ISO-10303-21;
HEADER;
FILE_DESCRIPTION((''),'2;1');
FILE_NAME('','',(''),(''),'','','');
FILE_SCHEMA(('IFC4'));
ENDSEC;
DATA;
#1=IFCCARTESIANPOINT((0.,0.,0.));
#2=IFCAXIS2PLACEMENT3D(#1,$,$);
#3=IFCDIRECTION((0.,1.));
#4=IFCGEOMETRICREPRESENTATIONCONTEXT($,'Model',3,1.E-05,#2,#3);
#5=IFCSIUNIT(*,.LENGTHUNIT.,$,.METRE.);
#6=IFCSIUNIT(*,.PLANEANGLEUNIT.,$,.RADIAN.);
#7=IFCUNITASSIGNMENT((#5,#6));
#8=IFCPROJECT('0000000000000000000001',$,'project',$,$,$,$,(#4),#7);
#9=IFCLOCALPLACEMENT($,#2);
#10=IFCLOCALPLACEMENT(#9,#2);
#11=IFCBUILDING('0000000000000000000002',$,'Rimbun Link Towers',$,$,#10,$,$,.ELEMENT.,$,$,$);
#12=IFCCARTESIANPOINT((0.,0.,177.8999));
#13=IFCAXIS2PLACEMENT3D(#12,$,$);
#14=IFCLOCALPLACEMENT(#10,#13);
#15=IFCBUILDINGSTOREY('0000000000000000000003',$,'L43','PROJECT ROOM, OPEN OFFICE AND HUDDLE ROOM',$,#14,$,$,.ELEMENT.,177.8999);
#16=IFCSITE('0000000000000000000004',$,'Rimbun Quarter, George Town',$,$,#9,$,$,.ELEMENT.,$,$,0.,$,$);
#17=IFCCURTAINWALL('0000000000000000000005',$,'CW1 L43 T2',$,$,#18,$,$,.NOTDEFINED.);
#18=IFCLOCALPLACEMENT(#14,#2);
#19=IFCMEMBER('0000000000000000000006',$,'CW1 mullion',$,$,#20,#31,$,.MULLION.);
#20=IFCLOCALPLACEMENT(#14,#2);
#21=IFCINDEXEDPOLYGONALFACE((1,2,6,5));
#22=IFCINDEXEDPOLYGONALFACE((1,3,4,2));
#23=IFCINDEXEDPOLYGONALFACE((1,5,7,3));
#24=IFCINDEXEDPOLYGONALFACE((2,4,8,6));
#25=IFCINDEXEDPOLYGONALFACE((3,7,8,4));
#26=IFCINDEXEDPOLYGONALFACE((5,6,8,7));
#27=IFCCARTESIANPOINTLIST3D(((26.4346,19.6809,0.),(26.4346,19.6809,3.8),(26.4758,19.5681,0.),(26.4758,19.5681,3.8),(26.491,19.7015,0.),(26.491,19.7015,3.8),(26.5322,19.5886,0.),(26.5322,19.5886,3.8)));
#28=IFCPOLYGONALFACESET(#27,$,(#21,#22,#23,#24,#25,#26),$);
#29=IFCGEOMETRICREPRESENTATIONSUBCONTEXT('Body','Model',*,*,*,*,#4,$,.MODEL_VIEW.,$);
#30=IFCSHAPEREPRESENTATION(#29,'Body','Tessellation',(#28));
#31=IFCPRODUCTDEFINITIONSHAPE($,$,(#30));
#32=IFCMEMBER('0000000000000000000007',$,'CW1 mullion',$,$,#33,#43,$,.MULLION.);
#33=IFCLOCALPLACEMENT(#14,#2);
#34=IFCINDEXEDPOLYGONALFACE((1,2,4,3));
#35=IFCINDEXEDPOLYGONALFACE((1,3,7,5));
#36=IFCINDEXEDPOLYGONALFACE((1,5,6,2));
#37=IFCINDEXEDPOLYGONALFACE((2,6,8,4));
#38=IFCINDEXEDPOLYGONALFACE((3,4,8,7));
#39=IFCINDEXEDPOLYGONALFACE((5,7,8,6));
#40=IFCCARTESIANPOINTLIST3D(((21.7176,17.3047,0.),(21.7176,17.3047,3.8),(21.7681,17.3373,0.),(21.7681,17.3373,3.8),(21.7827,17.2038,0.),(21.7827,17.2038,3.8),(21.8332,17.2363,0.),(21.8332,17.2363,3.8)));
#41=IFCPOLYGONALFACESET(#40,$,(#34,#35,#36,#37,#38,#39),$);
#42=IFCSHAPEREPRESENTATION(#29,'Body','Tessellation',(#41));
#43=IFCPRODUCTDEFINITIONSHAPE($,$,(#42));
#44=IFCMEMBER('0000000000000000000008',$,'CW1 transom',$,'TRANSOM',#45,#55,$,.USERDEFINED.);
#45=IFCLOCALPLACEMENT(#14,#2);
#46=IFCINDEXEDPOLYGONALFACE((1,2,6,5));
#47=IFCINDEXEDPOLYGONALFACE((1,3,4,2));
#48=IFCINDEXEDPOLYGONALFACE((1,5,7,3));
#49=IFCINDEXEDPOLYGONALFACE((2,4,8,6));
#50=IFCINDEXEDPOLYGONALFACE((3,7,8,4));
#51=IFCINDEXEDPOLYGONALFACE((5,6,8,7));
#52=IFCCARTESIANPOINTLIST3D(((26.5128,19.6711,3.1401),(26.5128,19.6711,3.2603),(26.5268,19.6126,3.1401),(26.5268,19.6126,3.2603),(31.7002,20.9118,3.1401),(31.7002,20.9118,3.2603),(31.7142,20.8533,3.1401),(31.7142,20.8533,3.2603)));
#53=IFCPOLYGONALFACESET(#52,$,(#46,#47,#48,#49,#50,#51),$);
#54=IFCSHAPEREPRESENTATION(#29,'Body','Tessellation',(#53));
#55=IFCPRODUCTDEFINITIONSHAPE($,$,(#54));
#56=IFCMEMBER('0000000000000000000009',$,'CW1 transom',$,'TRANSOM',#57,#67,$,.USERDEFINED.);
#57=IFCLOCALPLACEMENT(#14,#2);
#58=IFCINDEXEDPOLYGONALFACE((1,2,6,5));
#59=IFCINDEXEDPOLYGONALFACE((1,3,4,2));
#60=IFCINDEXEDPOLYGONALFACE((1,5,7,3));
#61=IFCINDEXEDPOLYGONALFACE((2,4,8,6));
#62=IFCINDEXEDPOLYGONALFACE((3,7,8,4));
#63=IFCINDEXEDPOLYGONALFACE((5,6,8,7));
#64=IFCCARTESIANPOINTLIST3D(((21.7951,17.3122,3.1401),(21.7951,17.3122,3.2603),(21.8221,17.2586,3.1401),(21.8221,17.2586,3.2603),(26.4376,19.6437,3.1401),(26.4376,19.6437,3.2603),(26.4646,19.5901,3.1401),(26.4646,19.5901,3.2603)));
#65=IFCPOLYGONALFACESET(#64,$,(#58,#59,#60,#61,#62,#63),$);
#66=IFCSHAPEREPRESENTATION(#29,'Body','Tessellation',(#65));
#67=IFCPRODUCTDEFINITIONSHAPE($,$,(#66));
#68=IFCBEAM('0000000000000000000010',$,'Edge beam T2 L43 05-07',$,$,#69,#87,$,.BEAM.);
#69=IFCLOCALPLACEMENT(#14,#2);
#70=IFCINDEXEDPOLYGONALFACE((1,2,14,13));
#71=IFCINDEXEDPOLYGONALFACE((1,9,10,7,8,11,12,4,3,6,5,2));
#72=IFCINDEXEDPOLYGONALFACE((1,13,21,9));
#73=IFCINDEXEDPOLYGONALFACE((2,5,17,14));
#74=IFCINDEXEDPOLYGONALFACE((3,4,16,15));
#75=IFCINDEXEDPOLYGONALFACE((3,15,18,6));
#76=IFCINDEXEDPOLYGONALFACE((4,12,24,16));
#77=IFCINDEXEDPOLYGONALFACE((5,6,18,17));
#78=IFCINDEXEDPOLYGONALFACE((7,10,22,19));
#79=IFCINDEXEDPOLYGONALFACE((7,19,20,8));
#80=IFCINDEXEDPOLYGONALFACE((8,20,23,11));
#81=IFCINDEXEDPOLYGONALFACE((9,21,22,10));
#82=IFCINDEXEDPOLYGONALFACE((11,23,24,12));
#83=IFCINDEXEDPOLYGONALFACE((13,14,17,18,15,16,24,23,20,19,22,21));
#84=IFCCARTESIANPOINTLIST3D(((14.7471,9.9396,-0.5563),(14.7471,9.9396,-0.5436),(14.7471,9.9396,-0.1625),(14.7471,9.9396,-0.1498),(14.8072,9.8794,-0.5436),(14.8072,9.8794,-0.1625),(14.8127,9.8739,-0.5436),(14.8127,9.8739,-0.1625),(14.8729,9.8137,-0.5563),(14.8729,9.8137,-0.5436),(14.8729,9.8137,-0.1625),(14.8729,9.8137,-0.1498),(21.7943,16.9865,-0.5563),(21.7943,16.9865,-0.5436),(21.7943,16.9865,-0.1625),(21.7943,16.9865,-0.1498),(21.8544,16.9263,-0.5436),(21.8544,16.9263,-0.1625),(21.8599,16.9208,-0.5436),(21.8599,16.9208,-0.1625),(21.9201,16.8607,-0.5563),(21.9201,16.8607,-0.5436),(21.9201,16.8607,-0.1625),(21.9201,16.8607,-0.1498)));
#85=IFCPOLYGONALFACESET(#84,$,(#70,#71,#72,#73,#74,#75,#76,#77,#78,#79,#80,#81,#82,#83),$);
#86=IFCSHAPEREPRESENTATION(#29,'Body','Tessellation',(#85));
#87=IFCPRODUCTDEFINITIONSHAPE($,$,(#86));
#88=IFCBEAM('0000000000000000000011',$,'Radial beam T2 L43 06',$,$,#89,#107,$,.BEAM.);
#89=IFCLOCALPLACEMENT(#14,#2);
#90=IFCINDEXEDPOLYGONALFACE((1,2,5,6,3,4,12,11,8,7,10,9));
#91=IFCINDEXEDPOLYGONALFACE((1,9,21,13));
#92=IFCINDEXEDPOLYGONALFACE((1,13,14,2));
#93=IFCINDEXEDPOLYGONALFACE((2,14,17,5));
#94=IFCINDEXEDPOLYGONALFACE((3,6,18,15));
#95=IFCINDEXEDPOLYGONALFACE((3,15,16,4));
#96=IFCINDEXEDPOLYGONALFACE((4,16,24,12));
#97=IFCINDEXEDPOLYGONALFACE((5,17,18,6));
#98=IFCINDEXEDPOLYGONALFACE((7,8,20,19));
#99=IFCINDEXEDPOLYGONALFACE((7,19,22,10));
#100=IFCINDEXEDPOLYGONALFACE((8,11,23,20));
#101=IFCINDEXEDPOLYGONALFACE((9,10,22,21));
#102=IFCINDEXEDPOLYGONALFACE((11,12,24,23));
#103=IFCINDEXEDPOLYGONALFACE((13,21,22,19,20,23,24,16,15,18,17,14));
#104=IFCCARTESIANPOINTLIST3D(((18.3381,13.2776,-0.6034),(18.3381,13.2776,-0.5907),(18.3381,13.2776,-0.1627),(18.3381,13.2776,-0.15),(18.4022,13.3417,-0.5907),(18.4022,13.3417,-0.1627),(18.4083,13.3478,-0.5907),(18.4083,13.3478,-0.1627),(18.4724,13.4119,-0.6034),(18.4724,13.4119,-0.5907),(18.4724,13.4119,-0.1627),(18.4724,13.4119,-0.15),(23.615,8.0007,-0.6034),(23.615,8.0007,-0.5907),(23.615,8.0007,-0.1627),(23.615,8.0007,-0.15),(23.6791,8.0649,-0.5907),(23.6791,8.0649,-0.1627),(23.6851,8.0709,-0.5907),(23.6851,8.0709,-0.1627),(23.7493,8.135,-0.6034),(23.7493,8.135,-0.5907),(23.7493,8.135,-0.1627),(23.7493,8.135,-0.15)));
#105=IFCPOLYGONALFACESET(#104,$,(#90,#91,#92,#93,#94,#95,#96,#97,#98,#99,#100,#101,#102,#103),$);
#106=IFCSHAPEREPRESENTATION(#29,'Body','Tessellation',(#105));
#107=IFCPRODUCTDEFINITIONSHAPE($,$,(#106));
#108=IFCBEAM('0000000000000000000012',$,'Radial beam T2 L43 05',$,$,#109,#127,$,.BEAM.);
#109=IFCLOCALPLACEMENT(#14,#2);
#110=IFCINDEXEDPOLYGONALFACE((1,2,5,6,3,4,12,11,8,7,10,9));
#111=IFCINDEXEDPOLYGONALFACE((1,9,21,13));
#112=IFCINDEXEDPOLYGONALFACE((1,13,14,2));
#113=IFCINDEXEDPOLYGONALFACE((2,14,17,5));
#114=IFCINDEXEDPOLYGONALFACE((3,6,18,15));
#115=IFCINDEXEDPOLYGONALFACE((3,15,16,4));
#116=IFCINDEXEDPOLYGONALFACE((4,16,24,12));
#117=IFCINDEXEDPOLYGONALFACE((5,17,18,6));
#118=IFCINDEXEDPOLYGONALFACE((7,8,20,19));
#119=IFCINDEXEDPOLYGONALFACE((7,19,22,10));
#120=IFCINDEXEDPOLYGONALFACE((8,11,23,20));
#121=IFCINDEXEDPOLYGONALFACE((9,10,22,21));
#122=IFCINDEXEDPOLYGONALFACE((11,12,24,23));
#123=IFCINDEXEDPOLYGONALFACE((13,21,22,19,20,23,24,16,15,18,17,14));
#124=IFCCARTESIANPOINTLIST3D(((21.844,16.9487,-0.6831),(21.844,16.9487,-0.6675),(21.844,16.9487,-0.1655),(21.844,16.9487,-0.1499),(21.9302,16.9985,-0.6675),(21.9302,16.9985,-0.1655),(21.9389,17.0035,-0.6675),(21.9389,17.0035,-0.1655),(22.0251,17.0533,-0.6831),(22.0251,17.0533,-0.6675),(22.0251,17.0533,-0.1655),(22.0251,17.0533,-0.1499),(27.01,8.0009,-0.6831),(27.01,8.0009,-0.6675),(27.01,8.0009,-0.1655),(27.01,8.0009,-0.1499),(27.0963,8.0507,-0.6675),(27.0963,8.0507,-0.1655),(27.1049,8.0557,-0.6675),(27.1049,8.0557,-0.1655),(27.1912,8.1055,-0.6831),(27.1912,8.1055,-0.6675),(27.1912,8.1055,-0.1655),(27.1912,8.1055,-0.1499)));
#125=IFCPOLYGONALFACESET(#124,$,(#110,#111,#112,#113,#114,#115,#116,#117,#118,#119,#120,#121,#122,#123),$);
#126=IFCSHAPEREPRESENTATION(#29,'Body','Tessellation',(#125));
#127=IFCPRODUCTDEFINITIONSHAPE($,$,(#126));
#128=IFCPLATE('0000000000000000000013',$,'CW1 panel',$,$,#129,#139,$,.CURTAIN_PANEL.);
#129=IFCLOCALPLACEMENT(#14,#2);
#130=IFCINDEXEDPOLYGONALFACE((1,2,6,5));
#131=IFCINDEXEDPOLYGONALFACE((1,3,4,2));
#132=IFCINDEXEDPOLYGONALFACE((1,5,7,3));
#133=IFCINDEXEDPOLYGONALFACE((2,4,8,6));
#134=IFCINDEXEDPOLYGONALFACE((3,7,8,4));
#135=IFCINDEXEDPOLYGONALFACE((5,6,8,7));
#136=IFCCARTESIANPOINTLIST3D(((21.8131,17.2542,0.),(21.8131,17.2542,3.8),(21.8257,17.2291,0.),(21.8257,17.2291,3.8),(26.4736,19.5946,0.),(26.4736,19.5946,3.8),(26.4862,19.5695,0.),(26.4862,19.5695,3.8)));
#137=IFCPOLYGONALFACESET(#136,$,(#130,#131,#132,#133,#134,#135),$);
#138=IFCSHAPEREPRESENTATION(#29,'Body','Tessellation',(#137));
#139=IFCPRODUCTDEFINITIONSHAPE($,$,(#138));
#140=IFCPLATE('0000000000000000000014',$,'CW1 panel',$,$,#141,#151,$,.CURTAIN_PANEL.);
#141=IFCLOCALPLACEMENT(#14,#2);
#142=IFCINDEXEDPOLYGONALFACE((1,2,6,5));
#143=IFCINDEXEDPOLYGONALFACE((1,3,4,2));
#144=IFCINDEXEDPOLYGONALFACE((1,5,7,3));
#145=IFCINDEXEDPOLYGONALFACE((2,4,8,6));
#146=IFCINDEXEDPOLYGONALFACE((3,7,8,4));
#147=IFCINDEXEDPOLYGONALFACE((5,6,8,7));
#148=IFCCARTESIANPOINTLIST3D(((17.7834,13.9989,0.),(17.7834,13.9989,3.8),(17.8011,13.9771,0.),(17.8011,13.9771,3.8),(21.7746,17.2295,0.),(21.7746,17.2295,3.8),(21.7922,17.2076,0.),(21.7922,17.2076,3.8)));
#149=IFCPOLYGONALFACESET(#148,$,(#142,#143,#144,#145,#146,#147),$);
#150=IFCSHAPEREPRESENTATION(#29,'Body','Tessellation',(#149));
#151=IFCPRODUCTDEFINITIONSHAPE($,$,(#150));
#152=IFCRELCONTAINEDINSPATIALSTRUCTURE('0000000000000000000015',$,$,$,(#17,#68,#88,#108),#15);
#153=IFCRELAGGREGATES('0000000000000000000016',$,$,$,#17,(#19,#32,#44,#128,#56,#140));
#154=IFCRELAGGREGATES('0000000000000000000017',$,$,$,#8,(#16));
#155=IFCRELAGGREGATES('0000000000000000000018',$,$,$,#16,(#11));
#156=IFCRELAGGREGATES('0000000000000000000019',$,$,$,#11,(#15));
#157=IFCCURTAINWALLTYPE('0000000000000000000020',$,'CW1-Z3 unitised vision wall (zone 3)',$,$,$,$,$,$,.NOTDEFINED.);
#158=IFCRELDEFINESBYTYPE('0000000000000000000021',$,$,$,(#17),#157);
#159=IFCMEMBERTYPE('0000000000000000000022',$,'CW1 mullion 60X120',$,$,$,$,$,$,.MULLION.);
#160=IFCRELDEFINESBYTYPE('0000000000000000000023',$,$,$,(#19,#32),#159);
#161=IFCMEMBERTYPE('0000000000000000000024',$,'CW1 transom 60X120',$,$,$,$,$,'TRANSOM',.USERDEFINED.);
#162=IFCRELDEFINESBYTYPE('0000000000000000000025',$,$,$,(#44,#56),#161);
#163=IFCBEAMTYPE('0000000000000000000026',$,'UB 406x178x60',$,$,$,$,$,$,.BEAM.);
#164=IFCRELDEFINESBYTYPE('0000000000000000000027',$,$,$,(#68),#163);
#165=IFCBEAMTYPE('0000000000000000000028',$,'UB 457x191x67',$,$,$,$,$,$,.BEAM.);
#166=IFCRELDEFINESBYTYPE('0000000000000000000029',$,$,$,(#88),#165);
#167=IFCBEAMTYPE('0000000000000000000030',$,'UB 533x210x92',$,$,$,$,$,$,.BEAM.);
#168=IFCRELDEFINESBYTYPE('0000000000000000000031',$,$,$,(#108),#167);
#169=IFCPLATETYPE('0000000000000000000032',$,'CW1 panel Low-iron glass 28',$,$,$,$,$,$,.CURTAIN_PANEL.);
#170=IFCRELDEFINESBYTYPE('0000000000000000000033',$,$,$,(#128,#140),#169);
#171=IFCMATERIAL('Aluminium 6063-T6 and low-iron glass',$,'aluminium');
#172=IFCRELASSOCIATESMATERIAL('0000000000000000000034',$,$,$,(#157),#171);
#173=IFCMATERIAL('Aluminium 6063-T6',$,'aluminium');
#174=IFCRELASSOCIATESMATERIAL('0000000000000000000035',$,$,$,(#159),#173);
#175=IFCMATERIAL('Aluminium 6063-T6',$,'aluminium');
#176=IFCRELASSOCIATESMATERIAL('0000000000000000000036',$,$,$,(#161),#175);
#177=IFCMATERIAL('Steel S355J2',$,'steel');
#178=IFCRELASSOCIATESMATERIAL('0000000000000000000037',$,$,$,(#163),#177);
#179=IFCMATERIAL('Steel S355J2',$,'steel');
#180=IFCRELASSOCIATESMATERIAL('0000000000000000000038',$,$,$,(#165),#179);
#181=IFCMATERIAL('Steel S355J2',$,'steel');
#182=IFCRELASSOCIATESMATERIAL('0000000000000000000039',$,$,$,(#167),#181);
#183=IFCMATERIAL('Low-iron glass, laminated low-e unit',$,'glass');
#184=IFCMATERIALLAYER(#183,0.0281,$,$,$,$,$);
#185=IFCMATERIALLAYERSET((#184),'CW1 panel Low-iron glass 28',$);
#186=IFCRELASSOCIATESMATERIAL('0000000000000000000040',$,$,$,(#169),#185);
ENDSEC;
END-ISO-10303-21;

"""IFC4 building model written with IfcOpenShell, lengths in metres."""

from ifc_helpers import new_model, si_unit, direction, frame, origin, origin_2d, place, context, subcontext, project, spatial, rectangle, i_section, extrude, material, layer, layer_set, material_profile, profile_set, type_object, element, aggregate, save


model = new_model("IFC4")

# Units and contexts
model_context = context("Model", 3, precision=1e-05, world=origin(), true_north=direction((0.0, 1.0)))
body_context = subcontext(model_context, "Body", "Model", "MODEL_VIEW")
ifc_project = project(units=[si_unit("LENGTHUNIT", "METRE"), si_unit("PLANEANGLEUNIT", "RADIAN")], contexts=[model_context])

# Site, building, storey
site_placement = place(None, origin())
site = spatial("IfcSite", under=ifc_project, at=site_placement, Name="Rimbun Quarter, George Town", CompositionType="ELEMENT", RefElevation=0.0)
building_placement = place(site_placement, origin())
building = spatial("IfcBuilding", under=site, at=building_placement, Name="Rimbun Link Towers", CompositionType="ELEMENT")
storey_placement = place(building_placement, frame((0.0, 0.0, 177.8999)))
storey = spatial("IfcBuildingStorey", under=building, at=storey_placement, Name="L43", Description="PROJECT ROOM, OPEN OFFICE AND HUDDLE ROOM", CompositionType="ELEMENT", Elevation=177.8999)

# Curtain wall, members
ifc_material_1 = material(Name="Aluminium 6063-T6 and low-iron glass", Category="aluminium")
curtain_wall_type = type_object("IfcCurtainWallType", Name="CW1-Z3 unitised vision wall (zone 3)", PredefinedType="NOTDEFINED", material=ifc_material_1)
curtain_wall_placement = place(storey_placement, origin())
curtain_wall = element("IfcCurtainWall", 1, at=curtain_wall_placement, inside=storey, type_object=curtain_wall_type, Name="CW1 L43 T2", PredefinedType="NOTDEFINED")
ifc_material_2 = material(Name="Aluminium 6063-T6", Category="aluminium")
ifc_material_profile_1 = material_profile(ifc_material_2, rectangle(XDim=0.1201, YDim=0.0601, at=origin_2d()), Name="MULLION 60X120")
ifc_profile_set_1 = profile_set([ifc_material_profile_1], Name="Aluminium 6063-T6")
member_type_1 = type_object("IfcMemberType", Name="CW1 mullion 60X120", PredefinedType="MULLION", material=ifc_profile_set_1)
member_1_placement = place(storey_placement, frame((26.4834, 19.6348, 0.0), z_axis=(0.0, 0.0, 1.0), x_axis=(-0.342962, 0.939349, 0.0)))
member_1 = element("IfcMember", 2, at=member_1_placement, type_object=member_type_1, Name="CW1 mullion", PredefinedType="MULLION", context=body_context, shape_type="SweptSolid", body=[
    extrude(rectangle(XDim=0.1201, YDim=0.0601, at=origin_2d()), origin(), (0.0, 0.0, 1.0), 3.8),
])
member_2_placement = place(storey_placement, frame((21.7754, 17.2705, 0.0), z_axis=(0.0, 0.0, 1.0), x_axis=(-0.542097, 0.840316, 0.0)))
member_2 = element("IfcMember", 3, at=member_2_placement, type_object=member_type_1, Name="CW1 mullion", PredefinedType="MULLION", context=body_context, shape_type="SweptSolid", body=[
    extrude(rectangle(XDim=0.1201, YDim=0.0601, at=origin_2d()), origin(), (0.0, 0.0, 1.0), 3.8),
])
ifc_material_3 = material(Name="Aluminium 6063-T6", Category="aluminium")
ifc_material_profile_2 = material_profile(ifc_material_3, rectangle(XDim=0.0601, YDim=0.1201, at=origin_2d()), Name="TRANSOM 60X120")
ifc_profile_set_2 = profile_set([ifc_material_profile_2], Name="Aluminium 6063-T6")
member_type_2 = type_object("IfcMemberType", Name="CW1 transom 60X120", ElementType="TRANSOM", PredefinedType="USERDEFINED", material=ifc_profile_set_2)
member_3_placement = place(storey_placement, frame((26.5198, 19.6418, 3.2002), z_axis=(0.972569, 0.232615, 0.0), x_axis=(-0.232615, 0.972569, 0.0)))
member_3 = element("IfcMember", 4, at=member_3_placement, type_object=member_type_2, Name="CW1 transom", ObjectType="TRANSOM", PredefinedType="USERDEFINED", context=body_context, shape_type="SweptSolid", body=[
    extrude(rectangle(XDim=0.0601, YDim=0.1201, at=origin_2d()), origin(), (0.0, 0.0, 1.0), 5.3337),
])
member_4_placement = place(storey_placement, frame((21.8086, 17.2854, 3.2002), z_axis=(0.893636, 0.448792, 0.0), x_axis=(-0.448792, 0.893636, 0.0)))
member_4 = element("IfcMember", 5, at=member_4_placement, type_object=member_type_2, Name="CW1 transom", ObjectType="TRANSOM", PredefinedType="USERDEFINED", context=body_context, shape_type="SweptSolid", body=[
    extrude(rectangle(XDim=0.0601, YDim=0.1201, at=origin_2d()), origin(), (0.0, 0.0, 1.0), 5.1951),
])

# Beams
ifc_material_4 = material(Name="Steel S355J2", Category="steel")
ifc_material_profile_3 = material_profile(ifc_material_4, i_section(OverallWidth=0.178, OverallDepth=0.4065, WebThickness=0.0078, FlangeThickness=0.0127, at=origin_2d()), Name="UB 406x178x60")
ifc_profile_set_3 = profile_set([ifc_material_profile_3], Name="Steel S355J2")
beam_type_1 = type_object("IfcBeamType", Name="UB 406x178x60", PredefinedType="BEAM", material=ifc_profile_set_3)
beam_1_placement = place(storey_placement, frame((21.8572, 16.9236, -0.353), z_axis=(-0.707119, -0.707095, 0.0), x_axis=(0.707095, -0.707119, 0.0)))
element("IfcBeam", 6, at=beam_1_placement, inside=storey, type_object=beam_type_1, Name="Edge beam T2 L43 05-07", PredefinedType="BEAM", context=body_context, shape_type="SweptSolid", body=[
    extrude(i_section(OverallWidth=0.178, OverallDepth=0.4065, WebThickness=0.0078, FlangeThickness=0.0127, at=origin_2d()), origin(), (0.0, 0.0, 1.0), 9.9661),
])
ifc_material_5 = material(Name="Steel S355J2", Category="steel")
ifc_material_profile_4 = material_profile(ifc_material_5, i_section(OverallWidth=0.1899, OverallDepth=0.4534, WebThickness=0.0085, FlangeThickness=0.0127, at=origin_2d()), Name="UB 457x191x67")
ifc_profile_set_4 = profile_set([ifc_material_profile_4], Name="Steel S355J2")
beam_type_2 = type_object("IfcBeamType", Name="UB 457x191x67", PredefinedType="BEAM", material=ifc_profile_set_4)
beam_2_placement = place(storey_placement, frame((23.6821, 8.0679, -0.3767), z_axis=(-0.707107, 0.707107, 0.0), x_axis=(-0.707107, -0.707107, 0.0)))
element("IfcBeam", 7, at=beam_2_placement, inside=storey, type_object=beam_type_2, Name="Radial beam T2 L43 06", PredefinedType="BEAM", context=body_context, shape_type="SweptSolid", body=[
    extrude(i_section(OverallWidth=0.1899, OverallDepth=0.4534, WebThickness=0.0085, FlangeThickness=0.0127, at=origin_2d()), origin(), (0.0, 0.0, 1.0), 7.4626),
])
ifc_material_6 = material(Name="Steel S355J2", Category="steel")
ifc_material_profile_5 = material_profile(ifc_material_6, i_section(OverallWidth=0.2092, OverallDepth=0.5332, WebThickness=0.01, FlangeThickness=0.0156, at=origin_2d()), Name="UB 533x210x92")
ifc_profile_set_5 = profile_set([ifc_material_profile_5], Name="Steel S355J2")
beam_type_3 = type_object("IfcBeamType", Name="UB 533x210x92", PredefinedType="BEAM", material=ifc_profile_set_5)
beam_3_placement = place(storey_placement, frame((27.1006, 8.0532, -0.4165), z_axis=(-0.500002, 0.866024, 0.0), x_axis=(-0.866024, -0.500002, 0.0)))
element("IfcBeam", 8, at=beam_3_placement, inside=storey, type_object=beam_type_3, Name="Radial beam T2 L43 05", PredefinedType="BEAM", context=body_context, shape_type="SweptSolid", body=[
    extrude(i_section(OverallWidth=0.2092, OverallDepth=0.5332, WebThickness=0.01, FlangeThickness=0.0156, at=origin_2d()), origin(), (0.0, 0.0, 1.0), 10.332),
])

# Plates
ifc_material_7 = material(Name="Low-iron glass, laminated low-e unit", Category="glass")
ifc_layer_1 = layer(ifc_material_7, 0.0281)
ifc_layer_set_1 = layer_set([ifc_layer_1], Name="CW1 panel Low-iron glass 28")
plate_type = type_object("IfcPlateType", Name="CW1 panel Low-iron glass 28", PredefinedType="CURTAIN_PANEL", material=ifc_layer_set_1)
plate_1_placement = place(storey_placement, frame((24.1497, 18.4119, 0.0), z_axis=(0.0, 0.0, 1.0), x_axis=(0.893646, 0.448773, 0.0)))
plate_1 = element("IfcPlate", 9, at=plate_1_placement, type_object=plate_type, Name="CW1 panel", PredefinedType="CURTAIN_PANEL", context=body_context, shape_type="SweptSolid", body=[
    extrude(rectangle(XDim=5.2151, YDim=0.0281, at=origin_2d()), origin(), (0.0, 0.0, 1.0), 3.8),
])
plate_2_placement = place(storey_placement, frame((19.7878, 15.6033, 0.0), z_axis=(0.0, 0.0, 1.0), x_axis=(0.777278, 0.629158, 0.0)))
plate_2 = element("IfcPlate", 10, at=plate_2_placement, type_object=plate_type, Name="CW1 panel", PredefinedType="CURTAIN_PANEL", context=body_context, shape_type="SweptSolid", body=[
    extrude(rectangle(XDim=5.1348, YDim=0.0281, at=origin_2d()), origin(), (0.0, 0.0, 1.0), 3.8),
])
aggregate(curtain_wall, [member_1, member_2, member_3, plate_1, member_4, plate_2])

save(model, "model.ifc")
